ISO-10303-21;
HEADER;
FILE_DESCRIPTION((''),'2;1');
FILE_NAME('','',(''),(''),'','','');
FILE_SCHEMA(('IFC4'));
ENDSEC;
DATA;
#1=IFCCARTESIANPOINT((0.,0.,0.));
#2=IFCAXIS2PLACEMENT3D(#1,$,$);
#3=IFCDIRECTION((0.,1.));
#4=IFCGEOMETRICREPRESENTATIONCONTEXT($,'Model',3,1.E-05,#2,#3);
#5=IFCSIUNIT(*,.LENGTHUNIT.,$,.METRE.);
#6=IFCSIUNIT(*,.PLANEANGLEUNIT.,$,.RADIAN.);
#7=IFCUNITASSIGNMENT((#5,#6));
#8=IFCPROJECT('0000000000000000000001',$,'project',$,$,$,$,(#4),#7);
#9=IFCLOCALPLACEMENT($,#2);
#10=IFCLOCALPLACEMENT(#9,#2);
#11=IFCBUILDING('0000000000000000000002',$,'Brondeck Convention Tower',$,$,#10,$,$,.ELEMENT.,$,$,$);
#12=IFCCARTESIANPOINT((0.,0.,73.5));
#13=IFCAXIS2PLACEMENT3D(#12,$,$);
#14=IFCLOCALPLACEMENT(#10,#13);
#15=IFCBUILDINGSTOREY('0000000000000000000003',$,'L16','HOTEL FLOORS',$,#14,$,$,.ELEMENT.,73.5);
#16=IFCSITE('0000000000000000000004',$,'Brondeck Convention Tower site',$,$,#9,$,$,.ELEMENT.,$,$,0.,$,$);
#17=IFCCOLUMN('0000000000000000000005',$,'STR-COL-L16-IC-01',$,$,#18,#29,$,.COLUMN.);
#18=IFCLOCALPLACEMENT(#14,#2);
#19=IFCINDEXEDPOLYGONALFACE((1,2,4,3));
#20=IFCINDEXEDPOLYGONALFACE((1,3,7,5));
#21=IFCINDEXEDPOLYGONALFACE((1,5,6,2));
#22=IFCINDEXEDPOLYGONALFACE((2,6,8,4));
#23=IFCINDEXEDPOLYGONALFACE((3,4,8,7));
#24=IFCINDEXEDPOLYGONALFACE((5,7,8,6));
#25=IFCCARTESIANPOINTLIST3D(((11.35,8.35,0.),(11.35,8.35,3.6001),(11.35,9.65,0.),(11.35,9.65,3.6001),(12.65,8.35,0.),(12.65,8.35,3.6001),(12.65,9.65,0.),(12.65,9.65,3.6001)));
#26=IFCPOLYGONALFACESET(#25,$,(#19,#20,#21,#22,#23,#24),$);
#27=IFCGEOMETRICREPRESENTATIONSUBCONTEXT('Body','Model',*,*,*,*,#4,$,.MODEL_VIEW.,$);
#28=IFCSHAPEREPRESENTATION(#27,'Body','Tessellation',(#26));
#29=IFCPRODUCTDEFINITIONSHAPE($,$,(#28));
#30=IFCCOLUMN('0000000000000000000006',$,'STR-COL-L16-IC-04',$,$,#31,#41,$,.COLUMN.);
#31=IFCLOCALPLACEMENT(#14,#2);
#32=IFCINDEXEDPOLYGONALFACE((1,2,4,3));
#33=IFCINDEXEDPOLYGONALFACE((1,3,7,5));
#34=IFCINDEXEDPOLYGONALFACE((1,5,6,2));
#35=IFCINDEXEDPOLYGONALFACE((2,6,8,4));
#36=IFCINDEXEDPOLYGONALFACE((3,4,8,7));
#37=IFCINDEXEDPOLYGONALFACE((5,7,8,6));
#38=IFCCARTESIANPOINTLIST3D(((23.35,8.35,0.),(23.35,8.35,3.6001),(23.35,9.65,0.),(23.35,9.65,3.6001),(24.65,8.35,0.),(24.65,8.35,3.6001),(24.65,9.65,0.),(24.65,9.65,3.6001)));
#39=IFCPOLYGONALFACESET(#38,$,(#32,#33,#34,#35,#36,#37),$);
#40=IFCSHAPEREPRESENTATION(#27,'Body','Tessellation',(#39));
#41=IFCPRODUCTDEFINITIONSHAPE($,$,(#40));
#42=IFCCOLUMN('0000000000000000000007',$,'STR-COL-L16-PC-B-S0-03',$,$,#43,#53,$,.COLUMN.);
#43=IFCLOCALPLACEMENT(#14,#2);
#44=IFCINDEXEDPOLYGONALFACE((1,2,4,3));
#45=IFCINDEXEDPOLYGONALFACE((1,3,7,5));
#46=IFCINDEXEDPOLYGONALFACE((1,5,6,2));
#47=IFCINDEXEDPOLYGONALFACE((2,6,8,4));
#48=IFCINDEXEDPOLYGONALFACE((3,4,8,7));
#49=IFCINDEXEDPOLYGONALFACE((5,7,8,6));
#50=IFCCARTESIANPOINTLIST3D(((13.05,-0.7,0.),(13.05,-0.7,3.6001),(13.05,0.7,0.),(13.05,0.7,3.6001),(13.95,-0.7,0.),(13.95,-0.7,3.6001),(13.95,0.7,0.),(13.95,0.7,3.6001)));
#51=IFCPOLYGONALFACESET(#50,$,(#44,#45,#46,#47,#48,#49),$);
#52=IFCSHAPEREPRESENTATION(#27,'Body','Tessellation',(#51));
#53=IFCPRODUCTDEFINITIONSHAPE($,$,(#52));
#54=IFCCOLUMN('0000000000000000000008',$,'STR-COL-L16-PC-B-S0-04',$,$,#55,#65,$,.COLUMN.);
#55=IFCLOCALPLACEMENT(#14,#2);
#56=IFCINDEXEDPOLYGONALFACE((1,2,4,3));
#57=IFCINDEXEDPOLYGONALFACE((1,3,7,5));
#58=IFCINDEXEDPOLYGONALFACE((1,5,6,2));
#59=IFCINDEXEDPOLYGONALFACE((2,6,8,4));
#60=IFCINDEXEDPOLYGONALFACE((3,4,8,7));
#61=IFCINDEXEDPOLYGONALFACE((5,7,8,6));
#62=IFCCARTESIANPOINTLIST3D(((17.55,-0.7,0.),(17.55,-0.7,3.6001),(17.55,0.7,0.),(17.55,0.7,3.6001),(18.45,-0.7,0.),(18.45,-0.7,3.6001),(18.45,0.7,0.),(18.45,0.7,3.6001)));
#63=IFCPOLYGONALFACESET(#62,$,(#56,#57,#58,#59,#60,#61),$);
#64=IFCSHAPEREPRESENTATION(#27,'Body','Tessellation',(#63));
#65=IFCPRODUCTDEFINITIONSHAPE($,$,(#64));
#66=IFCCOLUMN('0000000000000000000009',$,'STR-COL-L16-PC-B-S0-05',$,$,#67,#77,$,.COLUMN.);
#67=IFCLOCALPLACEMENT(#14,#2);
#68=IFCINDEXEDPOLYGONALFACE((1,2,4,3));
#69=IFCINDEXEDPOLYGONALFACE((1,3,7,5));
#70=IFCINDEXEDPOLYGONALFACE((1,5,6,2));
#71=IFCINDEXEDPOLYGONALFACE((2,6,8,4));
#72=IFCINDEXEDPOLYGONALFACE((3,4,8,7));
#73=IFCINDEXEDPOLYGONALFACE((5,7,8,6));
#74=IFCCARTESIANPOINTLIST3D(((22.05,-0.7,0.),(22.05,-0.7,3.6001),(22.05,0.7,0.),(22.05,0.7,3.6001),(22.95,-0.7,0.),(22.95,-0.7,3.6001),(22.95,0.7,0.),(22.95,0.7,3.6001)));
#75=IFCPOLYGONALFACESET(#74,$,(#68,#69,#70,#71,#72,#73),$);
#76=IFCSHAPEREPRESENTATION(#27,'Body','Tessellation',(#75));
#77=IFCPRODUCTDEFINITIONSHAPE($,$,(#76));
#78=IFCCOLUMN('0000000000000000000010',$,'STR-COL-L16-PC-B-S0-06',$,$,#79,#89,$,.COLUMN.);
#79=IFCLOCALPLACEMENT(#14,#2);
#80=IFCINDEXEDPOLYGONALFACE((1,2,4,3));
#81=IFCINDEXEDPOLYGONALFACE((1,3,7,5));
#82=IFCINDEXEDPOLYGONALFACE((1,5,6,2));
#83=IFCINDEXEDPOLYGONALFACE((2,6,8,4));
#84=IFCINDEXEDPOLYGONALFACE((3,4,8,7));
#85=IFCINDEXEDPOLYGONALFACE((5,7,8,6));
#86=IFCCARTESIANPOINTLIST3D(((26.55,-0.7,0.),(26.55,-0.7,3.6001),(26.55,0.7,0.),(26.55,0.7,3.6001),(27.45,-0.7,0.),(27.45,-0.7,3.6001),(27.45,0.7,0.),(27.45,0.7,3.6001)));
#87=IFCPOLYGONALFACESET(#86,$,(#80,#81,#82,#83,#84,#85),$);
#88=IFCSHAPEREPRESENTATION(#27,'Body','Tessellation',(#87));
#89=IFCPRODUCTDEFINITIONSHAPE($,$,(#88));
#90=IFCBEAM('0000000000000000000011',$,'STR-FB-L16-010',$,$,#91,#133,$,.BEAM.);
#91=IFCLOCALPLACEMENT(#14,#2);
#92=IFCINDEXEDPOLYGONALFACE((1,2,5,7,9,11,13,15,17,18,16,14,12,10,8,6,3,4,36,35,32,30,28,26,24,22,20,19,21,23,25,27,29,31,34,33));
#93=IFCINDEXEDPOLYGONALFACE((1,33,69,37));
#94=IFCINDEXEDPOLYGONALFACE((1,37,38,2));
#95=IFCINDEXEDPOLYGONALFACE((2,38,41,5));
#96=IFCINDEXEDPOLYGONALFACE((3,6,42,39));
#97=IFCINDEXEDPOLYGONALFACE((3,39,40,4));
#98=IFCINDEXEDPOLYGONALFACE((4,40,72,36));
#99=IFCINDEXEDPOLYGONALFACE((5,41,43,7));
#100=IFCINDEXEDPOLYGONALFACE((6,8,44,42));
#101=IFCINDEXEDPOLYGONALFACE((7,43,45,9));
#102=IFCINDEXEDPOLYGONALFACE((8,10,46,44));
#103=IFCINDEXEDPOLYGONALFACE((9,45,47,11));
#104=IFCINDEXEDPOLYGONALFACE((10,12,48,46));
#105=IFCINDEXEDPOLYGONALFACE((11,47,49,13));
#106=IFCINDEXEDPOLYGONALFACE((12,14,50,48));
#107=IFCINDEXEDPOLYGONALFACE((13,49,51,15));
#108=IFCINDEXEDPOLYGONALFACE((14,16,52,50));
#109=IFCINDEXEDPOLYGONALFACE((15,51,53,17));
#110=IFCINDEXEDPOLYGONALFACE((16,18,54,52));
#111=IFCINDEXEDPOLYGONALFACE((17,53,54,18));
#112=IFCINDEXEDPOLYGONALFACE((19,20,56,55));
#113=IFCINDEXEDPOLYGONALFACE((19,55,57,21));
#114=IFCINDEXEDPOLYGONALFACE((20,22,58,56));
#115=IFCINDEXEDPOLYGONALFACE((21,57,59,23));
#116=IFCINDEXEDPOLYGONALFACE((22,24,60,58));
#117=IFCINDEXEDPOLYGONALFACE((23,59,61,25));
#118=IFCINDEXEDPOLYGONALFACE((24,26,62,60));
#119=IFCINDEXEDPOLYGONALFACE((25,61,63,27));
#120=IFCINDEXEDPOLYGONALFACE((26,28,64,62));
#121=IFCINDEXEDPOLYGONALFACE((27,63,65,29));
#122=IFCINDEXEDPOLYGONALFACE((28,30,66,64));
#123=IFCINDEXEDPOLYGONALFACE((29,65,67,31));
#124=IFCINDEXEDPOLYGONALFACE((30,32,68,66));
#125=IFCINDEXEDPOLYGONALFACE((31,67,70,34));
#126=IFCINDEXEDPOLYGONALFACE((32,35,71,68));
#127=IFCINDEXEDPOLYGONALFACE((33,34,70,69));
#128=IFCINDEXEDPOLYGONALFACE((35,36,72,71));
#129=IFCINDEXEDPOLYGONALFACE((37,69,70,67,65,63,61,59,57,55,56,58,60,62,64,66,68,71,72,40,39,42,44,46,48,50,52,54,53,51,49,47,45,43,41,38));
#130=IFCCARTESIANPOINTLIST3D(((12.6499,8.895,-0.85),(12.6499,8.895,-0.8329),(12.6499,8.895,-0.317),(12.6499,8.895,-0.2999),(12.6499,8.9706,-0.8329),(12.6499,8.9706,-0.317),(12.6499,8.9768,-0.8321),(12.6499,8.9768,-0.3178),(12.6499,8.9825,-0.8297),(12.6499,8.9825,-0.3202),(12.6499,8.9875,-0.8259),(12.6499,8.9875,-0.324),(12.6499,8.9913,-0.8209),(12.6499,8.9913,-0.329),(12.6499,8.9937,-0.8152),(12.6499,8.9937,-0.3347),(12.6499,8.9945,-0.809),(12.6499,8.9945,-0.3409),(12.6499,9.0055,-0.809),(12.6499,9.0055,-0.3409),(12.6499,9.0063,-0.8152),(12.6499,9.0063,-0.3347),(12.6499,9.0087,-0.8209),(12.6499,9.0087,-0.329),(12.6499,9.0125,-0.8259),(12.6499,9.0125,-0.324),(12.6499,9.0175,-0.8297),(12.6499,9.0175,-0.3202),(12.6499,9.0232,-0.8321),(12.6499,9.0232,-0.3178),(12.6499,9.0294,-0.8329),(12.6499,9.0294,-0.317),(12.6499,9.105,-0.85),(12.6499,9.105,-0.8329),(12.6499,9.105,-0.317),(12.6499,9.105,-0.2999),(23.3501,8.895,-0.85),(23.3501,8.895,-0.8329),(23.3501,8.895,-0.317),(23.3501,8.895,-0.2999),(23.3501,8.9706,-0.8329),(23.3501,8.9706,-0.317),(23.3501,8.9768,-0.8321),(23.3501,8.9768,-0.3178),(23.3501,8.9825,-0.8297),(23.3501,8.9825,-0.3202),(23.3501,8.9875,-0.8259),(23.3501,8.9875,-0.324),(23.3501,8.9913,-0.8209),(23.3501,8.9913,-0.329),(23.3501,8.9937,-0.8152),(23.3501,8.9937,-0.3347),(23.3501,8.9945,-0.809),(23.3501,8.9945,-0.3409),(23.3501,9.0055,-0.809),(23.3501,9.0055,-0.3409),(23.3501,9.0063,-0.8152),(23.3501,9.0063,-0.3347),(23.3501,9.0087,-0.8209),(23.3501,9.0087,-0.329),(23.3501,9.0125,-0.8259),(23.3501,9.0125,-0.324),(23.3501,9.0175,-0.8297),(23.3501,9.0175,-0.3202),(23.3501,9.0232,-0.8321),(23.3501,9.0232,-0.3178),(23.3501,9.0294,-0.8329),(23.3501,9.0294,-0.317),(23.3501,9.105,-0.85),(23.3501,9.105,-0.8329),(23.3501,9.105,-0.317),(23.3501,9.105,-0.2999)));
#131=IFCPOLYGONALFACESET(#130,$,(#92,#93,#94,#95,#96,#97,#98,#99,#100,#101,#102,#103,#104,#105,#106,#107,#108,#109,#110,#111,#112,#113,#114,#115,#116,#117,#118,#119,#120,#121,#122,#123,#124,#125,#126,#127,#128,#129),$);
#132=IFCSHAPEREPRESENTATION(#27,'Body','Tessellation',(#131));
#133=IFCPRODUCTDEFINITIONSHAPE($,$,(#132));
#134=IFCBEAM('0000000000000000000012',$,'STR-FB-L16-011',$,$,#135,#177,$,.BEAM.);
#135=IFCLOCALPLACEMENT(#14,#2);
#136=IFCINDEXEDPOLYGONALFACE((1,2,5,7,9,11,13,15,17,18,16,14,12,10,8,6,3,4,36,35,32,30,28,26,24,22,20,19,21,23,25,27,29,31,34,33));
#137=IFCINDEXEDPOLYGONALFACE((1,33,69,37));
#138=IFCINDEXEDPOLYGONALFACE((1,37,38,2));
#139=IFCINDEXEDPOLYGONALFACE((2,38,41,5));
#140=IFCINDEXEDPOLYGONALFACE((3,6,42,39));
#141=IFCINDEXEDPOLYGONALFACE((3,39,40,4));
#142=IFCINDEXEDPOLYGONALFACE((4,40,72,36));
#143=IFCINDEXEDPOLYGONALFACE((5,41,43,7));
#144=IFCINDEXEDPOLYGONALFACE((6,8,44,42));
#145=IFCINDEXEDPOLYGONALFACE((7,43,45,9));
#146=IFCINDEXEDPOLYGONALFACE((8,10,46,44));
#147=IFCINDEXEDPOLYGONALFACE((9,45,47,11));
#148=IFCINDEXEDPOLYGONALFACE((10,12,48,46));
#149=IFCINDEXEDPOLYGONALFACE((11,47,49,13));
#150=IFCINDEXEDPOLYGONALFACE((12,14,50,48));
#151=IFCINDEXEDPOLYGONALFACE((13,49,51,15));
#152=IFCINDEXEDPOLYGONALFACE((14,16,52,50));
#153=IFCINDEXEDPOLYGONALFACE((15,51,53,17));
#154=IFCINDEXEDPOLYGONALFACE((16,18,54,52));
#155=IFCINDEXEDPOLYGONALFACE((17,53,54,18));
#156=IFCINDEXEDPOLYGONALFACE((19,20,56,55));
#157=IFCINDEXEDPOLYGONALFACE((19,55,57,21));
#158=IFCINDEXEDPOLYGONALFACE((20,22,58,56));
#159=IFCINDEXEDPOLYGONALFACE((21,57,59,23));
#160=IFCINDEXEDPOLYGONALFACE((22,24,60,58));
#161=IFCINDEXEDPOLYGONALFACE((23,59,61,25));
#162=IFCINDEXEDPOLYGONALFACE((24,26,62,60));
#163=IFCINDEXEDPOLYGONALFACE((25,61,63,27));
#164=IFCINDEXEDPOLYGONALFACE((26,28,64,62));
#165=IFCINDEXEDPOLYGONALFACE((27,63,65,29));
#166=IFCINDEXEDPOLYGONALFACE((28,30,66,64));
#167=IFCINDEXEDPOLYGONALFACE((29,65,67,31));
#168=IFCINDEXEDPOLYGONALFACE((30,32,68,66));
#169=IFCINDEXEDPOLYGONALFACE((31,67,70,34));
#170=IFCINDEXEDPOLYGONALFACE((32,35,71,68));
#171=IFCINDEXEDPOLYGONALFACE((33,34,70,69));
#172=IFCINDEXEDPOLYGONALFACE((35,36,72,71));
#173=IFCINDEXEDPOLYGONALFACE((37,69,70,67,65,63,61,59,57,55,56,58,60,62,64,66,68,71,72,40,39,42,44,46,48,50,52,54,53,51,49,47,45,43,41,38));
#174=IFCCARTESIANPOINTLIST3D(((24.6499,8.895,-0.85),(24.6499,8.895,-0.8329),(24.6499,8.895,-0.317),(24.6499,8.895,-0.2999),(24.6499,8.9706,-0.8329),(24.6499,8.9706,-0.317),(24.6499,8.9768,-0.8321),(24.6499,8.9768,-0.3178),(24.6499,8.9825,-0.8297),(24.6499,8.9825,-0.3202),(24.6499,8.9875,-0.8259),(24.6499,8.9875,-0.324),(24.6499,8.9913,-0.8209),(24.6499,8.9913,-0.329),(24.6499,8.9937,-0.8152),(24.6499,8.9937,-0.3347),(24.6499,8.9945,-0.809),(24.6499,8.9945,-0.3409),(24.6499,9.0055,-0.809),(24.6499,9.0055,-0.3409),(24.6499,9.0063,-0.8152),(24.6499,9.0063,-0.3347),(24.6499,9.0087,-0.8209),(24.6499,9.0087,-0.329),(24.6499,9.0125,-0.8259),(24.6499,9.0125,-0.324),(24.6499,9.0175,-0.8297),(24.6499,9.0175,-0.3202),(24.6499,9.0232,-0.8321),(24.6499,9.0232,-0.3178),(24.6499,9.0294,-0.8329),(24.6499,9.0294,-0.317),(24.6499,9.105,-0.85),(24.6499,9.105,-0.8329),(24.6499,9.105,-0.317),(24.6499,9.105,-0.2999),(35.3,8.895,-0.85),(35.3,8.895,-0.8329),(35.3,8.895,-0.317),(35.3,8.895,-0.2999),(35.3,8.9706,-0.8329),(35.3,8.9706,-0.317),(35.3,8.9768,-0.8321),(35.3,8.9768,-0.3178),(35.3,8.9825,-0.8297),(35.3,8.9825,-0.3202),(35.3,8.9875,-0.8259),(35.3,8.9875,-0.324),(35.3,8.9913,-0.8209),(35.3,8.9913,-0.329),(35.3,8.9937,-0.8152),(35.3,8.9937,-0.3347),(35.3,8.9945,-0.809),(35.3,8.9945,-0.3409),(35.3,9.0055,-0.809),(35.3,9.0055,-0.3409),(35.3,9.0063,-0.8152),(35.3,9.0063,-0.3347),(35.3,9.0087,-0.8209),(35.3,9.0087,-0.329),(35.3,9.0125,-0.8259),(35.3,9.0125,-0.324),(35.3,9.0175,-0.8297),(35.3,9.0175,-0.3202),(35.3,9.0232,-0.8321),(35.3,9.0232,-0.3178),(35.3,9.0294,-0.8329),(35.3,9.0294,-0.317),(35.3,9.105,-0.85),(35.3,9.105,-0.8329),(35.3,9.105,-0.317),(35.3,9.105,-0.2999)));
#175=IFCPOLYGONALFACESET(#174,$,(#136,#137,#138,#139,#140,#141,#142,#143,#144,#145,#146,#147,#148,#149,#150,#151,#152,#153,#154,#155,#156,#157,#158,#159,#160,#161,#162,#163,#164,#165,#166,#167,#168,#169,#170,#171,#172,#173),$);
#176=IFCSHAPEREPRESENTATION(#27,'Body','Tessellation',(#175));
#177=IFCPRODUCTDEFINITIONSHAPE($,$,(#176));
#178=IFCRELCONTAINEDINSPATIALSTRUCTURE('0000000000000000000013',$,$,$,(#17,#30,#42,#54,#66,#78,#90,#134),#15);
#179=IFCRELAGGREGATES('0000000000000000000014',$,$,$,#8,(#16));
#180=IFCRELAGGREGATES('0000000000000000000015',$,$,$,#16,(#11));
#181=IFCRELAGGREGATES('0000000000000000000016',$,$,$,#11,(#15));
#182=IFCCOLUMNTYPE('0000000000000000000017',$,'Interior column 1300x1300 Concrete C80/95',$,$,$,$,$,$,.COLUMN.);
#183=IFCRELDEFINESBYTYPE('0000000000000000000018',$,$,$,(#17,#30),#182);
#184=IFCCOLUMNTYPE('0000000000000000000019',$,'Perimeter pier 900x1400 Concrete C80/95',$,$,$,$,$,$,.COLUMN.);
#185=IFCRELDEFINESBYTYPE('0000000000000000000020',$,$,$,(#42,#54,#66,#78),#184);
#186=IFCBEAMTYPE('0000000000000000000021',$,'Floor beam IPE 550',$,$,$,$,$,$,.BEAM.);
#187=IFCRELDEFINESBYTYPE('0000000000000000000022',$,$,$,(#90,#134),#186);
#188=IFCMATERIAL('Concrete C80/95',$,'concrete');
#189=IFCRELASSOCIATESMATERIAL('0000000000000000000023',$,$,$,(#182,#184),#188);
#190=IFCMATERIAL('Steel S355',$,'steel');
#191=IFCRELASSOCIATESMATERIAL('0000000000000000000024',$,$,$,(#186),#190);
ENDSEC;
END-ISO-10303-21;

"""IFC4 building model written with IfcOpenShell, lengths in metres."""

from ifc_helpers import new_model, si_unit, direction, frame, origin, origin_2d, place, context, subcontext, project, spatial, rectangle, i_section, extrude, material, material_profile, profile_set, type_object, element, save


model = new_model("IFC4")

# Units and contexts
model_context = context("Model", 3, precision=1e-05, world=origin(), true_north=direction((0.0, 1.0)))
body_context = subcontext(model_context, "Body", "Model", "MODEL_VIEW")
ifc_project = project(units=[si_unit("LENGTHUNIT", "METRE"), si_unit("PLANEANGLEUNIT", "RADIAN")], contexts=[model_context])

# Site, building, storey
site_placement = place(None, origin())
site = spatial("IfcSite", under=ifc_project, at=site_placement, Name="Brondeck Convention Tower site", CompositionType="ELEMENT", RefElevation=0.0)
building_placement = place(site_placement, origin())
building = spatial("IfcBuilding", under=site, at=building_placement, Name="Brondeck Convention Tower", CompositionType="ELEMENT")
storey_placement = place(building_placement, frame((0.0, 0.0, 73.5)))
storey = spatial("IfcBuildingStorey", under=building, at=storey_placement, Name="L16", Description="HOTEL FLOORS", CompositionType="ELEMENT", Elevation=73.5)

# Columns
ifc_material_1 = material(Name="Concrete C80/95", Category="concrete")
ifc_material_profile_1 = material_profile(ifc_material_1, rectangle(XDim=1.3, YDim=1.3, at=origin_2d()), Name="Interior column 1300x1300 Concrete C80/95")
ifc_profile_set_1 = profile_set([ifc_material_profile_1], Name="Concrete C80/95")
column_type_1 = type_object("IfcColumnType", Name="Interior column 1300x1300 Concrete C80/95", PredefinedType="COLUMN", material=ifc_profile_set_1)
for number, where, z_axis, x_axis, name in (
    (1, (12.0, 9.0, 0.0), (0.0, 0.0, 1.0), (1.0, 0.0, 0.0), "STR-COL-L16-IC-01"),
    (2, (24.0, 9.0, 0.0), (0.0, 0.0, 1.0), (1.0, 0.0, 0.0), "STR-COL-L16-IC-04"),
):
    element("IfcColumn", number, at=place(storey_placement, frame(where, z_axis=z_axis, x_axis=x_axis)), inside=storey, type_object=column_type_1, Name=name, PredefinedType="COLUMN", context=body_context, shape_type="SweptSolid", body=[
        extrude(rectangle(XDim=1.3, YDim=1.3, at=origin_2d()), origin(), (0.0, 0.0, 1.0), 3.6001),
    ])
ifc_material_profile_2 = material_profile(ifc_material_1, rectangle(XDim=0.8999, YDim=1.3999, at=origin_2d()), Name="Perimeter pier 900x1400 Concrete C80/95")
ifc_profile_set_2 = profile_set([ifc_material_profile_2], Name="Concrete C80/95")
column_type_2 = type_object("IfcColumnType", Name="Perimeter pier 900x1400 Concrete C80/95", PredefinedType="COLUMN", material=ifc_profile_set_2)
for number, where, z_axis, x_axis, name in (
    (3, (13.5, 0.0, 0.0), (0.0, 0.0, 1.0), (1.0, 0.0, 0.0), "STR-COL-L16-PC-B-S0-03"),
    (4, (18.0, 0.0, 0.0), (0.0, 0.0, 1.0), (1.0, 0.0, 0.0), "STR-COL-L16-PC-B-S0-04"),
    (5, (22.5, 0.0, 0.0), (0.0, 0.0, 1.0), (1.0, 0.0, 0.0), "STR-COL-L16-PC-B-S0-05"),
    (6, (27.0, 0.0, 0.0), (0.0, 0.0, 1.0), (1.0, 0.0, 0.0), "STR-COL-L16-PC-B-S0-06"),
):
    element("IfcColumn", number, at=place(storey_placement, frame(where, z_axis=z_axis, x_axis=x_axis)), inside=storey, type_object=column_type_2, Name=name, PredefinedType="COLUMN", context=body_context, shape_type="SweptSolid", body=[
        extrude(rectangle(XDim=0.8999, YDim=1.3999, at=origin_2d()), origin(), (0.0, 0.0, 1.0), 3.6001),
    ])

# Beams
ifc_material_2 = material(Name="Steel S355", Category="steel")
ifc_material_profile_3 = material_profile(ifc_material_2, i_section(OverallWidth=0.21, OverallDepth=0.55, WebThickness=0.011, FlangeThickness=0.0171, FilletRadius=0.0239, at=origin_2d()), Name="IPE 550")
ifc_profile_set_3 = profile_set([ifc_material_profile_3], Name="Steel S355")
beam_type_1 = type_object("IfcBeamType", Name="Floor beam IPE 550", PredefinedType="BEAM", material=ifc_profile_set_3)
beam_1_placement = place(storey_placement, frame((12.6499, 9.0, -0.575), z_axis=(1.0, 0.0, 0.0), x_axis=(0.0, 1.0, 0.0)))
element("IfcBeam", 7, at=beam_1_placement, inside=storey, type_object=beam_type_1, Name="STR-FB-L16-010", PredefinedType="BEAM", context=body_context, shape_type="SweptSolid", body=[
    extrude(i_section(OverallWidth=0.21, OverallDepth=0.55, WebThickness=0.011, FlangeThickness=0.0171, FilletRadius=0.0239, at=origin_2d()), origin(), (0.0, 0.0, 1.0), 10.7002),
])
beam_2_placement = place(storey_placement, frame((24.6499, 9.0, -0.575), z_axis=(1.0, 0.0, 0.0), x_axis=(0.0, 1.0, 0.0)))
element("IfcBeam", 8, at=beam_2_placement, inside=storey, type_object=beam_type_1, Name="STR-FB-L16-011", PredefinedType="BEAM", context=body_context, shape_type="SweptSolid", body=[
    extrude(i_section(OverallWidth=0.21, OverallDepth=0.55, WebThickness=0.011, FlangeThickness=0.0171, FilletRadius=0.0239, at=origin_2d()), origin(), (0.0, 0.0, 1.0), 10.6501),
])

save(model, "model.ifc")
